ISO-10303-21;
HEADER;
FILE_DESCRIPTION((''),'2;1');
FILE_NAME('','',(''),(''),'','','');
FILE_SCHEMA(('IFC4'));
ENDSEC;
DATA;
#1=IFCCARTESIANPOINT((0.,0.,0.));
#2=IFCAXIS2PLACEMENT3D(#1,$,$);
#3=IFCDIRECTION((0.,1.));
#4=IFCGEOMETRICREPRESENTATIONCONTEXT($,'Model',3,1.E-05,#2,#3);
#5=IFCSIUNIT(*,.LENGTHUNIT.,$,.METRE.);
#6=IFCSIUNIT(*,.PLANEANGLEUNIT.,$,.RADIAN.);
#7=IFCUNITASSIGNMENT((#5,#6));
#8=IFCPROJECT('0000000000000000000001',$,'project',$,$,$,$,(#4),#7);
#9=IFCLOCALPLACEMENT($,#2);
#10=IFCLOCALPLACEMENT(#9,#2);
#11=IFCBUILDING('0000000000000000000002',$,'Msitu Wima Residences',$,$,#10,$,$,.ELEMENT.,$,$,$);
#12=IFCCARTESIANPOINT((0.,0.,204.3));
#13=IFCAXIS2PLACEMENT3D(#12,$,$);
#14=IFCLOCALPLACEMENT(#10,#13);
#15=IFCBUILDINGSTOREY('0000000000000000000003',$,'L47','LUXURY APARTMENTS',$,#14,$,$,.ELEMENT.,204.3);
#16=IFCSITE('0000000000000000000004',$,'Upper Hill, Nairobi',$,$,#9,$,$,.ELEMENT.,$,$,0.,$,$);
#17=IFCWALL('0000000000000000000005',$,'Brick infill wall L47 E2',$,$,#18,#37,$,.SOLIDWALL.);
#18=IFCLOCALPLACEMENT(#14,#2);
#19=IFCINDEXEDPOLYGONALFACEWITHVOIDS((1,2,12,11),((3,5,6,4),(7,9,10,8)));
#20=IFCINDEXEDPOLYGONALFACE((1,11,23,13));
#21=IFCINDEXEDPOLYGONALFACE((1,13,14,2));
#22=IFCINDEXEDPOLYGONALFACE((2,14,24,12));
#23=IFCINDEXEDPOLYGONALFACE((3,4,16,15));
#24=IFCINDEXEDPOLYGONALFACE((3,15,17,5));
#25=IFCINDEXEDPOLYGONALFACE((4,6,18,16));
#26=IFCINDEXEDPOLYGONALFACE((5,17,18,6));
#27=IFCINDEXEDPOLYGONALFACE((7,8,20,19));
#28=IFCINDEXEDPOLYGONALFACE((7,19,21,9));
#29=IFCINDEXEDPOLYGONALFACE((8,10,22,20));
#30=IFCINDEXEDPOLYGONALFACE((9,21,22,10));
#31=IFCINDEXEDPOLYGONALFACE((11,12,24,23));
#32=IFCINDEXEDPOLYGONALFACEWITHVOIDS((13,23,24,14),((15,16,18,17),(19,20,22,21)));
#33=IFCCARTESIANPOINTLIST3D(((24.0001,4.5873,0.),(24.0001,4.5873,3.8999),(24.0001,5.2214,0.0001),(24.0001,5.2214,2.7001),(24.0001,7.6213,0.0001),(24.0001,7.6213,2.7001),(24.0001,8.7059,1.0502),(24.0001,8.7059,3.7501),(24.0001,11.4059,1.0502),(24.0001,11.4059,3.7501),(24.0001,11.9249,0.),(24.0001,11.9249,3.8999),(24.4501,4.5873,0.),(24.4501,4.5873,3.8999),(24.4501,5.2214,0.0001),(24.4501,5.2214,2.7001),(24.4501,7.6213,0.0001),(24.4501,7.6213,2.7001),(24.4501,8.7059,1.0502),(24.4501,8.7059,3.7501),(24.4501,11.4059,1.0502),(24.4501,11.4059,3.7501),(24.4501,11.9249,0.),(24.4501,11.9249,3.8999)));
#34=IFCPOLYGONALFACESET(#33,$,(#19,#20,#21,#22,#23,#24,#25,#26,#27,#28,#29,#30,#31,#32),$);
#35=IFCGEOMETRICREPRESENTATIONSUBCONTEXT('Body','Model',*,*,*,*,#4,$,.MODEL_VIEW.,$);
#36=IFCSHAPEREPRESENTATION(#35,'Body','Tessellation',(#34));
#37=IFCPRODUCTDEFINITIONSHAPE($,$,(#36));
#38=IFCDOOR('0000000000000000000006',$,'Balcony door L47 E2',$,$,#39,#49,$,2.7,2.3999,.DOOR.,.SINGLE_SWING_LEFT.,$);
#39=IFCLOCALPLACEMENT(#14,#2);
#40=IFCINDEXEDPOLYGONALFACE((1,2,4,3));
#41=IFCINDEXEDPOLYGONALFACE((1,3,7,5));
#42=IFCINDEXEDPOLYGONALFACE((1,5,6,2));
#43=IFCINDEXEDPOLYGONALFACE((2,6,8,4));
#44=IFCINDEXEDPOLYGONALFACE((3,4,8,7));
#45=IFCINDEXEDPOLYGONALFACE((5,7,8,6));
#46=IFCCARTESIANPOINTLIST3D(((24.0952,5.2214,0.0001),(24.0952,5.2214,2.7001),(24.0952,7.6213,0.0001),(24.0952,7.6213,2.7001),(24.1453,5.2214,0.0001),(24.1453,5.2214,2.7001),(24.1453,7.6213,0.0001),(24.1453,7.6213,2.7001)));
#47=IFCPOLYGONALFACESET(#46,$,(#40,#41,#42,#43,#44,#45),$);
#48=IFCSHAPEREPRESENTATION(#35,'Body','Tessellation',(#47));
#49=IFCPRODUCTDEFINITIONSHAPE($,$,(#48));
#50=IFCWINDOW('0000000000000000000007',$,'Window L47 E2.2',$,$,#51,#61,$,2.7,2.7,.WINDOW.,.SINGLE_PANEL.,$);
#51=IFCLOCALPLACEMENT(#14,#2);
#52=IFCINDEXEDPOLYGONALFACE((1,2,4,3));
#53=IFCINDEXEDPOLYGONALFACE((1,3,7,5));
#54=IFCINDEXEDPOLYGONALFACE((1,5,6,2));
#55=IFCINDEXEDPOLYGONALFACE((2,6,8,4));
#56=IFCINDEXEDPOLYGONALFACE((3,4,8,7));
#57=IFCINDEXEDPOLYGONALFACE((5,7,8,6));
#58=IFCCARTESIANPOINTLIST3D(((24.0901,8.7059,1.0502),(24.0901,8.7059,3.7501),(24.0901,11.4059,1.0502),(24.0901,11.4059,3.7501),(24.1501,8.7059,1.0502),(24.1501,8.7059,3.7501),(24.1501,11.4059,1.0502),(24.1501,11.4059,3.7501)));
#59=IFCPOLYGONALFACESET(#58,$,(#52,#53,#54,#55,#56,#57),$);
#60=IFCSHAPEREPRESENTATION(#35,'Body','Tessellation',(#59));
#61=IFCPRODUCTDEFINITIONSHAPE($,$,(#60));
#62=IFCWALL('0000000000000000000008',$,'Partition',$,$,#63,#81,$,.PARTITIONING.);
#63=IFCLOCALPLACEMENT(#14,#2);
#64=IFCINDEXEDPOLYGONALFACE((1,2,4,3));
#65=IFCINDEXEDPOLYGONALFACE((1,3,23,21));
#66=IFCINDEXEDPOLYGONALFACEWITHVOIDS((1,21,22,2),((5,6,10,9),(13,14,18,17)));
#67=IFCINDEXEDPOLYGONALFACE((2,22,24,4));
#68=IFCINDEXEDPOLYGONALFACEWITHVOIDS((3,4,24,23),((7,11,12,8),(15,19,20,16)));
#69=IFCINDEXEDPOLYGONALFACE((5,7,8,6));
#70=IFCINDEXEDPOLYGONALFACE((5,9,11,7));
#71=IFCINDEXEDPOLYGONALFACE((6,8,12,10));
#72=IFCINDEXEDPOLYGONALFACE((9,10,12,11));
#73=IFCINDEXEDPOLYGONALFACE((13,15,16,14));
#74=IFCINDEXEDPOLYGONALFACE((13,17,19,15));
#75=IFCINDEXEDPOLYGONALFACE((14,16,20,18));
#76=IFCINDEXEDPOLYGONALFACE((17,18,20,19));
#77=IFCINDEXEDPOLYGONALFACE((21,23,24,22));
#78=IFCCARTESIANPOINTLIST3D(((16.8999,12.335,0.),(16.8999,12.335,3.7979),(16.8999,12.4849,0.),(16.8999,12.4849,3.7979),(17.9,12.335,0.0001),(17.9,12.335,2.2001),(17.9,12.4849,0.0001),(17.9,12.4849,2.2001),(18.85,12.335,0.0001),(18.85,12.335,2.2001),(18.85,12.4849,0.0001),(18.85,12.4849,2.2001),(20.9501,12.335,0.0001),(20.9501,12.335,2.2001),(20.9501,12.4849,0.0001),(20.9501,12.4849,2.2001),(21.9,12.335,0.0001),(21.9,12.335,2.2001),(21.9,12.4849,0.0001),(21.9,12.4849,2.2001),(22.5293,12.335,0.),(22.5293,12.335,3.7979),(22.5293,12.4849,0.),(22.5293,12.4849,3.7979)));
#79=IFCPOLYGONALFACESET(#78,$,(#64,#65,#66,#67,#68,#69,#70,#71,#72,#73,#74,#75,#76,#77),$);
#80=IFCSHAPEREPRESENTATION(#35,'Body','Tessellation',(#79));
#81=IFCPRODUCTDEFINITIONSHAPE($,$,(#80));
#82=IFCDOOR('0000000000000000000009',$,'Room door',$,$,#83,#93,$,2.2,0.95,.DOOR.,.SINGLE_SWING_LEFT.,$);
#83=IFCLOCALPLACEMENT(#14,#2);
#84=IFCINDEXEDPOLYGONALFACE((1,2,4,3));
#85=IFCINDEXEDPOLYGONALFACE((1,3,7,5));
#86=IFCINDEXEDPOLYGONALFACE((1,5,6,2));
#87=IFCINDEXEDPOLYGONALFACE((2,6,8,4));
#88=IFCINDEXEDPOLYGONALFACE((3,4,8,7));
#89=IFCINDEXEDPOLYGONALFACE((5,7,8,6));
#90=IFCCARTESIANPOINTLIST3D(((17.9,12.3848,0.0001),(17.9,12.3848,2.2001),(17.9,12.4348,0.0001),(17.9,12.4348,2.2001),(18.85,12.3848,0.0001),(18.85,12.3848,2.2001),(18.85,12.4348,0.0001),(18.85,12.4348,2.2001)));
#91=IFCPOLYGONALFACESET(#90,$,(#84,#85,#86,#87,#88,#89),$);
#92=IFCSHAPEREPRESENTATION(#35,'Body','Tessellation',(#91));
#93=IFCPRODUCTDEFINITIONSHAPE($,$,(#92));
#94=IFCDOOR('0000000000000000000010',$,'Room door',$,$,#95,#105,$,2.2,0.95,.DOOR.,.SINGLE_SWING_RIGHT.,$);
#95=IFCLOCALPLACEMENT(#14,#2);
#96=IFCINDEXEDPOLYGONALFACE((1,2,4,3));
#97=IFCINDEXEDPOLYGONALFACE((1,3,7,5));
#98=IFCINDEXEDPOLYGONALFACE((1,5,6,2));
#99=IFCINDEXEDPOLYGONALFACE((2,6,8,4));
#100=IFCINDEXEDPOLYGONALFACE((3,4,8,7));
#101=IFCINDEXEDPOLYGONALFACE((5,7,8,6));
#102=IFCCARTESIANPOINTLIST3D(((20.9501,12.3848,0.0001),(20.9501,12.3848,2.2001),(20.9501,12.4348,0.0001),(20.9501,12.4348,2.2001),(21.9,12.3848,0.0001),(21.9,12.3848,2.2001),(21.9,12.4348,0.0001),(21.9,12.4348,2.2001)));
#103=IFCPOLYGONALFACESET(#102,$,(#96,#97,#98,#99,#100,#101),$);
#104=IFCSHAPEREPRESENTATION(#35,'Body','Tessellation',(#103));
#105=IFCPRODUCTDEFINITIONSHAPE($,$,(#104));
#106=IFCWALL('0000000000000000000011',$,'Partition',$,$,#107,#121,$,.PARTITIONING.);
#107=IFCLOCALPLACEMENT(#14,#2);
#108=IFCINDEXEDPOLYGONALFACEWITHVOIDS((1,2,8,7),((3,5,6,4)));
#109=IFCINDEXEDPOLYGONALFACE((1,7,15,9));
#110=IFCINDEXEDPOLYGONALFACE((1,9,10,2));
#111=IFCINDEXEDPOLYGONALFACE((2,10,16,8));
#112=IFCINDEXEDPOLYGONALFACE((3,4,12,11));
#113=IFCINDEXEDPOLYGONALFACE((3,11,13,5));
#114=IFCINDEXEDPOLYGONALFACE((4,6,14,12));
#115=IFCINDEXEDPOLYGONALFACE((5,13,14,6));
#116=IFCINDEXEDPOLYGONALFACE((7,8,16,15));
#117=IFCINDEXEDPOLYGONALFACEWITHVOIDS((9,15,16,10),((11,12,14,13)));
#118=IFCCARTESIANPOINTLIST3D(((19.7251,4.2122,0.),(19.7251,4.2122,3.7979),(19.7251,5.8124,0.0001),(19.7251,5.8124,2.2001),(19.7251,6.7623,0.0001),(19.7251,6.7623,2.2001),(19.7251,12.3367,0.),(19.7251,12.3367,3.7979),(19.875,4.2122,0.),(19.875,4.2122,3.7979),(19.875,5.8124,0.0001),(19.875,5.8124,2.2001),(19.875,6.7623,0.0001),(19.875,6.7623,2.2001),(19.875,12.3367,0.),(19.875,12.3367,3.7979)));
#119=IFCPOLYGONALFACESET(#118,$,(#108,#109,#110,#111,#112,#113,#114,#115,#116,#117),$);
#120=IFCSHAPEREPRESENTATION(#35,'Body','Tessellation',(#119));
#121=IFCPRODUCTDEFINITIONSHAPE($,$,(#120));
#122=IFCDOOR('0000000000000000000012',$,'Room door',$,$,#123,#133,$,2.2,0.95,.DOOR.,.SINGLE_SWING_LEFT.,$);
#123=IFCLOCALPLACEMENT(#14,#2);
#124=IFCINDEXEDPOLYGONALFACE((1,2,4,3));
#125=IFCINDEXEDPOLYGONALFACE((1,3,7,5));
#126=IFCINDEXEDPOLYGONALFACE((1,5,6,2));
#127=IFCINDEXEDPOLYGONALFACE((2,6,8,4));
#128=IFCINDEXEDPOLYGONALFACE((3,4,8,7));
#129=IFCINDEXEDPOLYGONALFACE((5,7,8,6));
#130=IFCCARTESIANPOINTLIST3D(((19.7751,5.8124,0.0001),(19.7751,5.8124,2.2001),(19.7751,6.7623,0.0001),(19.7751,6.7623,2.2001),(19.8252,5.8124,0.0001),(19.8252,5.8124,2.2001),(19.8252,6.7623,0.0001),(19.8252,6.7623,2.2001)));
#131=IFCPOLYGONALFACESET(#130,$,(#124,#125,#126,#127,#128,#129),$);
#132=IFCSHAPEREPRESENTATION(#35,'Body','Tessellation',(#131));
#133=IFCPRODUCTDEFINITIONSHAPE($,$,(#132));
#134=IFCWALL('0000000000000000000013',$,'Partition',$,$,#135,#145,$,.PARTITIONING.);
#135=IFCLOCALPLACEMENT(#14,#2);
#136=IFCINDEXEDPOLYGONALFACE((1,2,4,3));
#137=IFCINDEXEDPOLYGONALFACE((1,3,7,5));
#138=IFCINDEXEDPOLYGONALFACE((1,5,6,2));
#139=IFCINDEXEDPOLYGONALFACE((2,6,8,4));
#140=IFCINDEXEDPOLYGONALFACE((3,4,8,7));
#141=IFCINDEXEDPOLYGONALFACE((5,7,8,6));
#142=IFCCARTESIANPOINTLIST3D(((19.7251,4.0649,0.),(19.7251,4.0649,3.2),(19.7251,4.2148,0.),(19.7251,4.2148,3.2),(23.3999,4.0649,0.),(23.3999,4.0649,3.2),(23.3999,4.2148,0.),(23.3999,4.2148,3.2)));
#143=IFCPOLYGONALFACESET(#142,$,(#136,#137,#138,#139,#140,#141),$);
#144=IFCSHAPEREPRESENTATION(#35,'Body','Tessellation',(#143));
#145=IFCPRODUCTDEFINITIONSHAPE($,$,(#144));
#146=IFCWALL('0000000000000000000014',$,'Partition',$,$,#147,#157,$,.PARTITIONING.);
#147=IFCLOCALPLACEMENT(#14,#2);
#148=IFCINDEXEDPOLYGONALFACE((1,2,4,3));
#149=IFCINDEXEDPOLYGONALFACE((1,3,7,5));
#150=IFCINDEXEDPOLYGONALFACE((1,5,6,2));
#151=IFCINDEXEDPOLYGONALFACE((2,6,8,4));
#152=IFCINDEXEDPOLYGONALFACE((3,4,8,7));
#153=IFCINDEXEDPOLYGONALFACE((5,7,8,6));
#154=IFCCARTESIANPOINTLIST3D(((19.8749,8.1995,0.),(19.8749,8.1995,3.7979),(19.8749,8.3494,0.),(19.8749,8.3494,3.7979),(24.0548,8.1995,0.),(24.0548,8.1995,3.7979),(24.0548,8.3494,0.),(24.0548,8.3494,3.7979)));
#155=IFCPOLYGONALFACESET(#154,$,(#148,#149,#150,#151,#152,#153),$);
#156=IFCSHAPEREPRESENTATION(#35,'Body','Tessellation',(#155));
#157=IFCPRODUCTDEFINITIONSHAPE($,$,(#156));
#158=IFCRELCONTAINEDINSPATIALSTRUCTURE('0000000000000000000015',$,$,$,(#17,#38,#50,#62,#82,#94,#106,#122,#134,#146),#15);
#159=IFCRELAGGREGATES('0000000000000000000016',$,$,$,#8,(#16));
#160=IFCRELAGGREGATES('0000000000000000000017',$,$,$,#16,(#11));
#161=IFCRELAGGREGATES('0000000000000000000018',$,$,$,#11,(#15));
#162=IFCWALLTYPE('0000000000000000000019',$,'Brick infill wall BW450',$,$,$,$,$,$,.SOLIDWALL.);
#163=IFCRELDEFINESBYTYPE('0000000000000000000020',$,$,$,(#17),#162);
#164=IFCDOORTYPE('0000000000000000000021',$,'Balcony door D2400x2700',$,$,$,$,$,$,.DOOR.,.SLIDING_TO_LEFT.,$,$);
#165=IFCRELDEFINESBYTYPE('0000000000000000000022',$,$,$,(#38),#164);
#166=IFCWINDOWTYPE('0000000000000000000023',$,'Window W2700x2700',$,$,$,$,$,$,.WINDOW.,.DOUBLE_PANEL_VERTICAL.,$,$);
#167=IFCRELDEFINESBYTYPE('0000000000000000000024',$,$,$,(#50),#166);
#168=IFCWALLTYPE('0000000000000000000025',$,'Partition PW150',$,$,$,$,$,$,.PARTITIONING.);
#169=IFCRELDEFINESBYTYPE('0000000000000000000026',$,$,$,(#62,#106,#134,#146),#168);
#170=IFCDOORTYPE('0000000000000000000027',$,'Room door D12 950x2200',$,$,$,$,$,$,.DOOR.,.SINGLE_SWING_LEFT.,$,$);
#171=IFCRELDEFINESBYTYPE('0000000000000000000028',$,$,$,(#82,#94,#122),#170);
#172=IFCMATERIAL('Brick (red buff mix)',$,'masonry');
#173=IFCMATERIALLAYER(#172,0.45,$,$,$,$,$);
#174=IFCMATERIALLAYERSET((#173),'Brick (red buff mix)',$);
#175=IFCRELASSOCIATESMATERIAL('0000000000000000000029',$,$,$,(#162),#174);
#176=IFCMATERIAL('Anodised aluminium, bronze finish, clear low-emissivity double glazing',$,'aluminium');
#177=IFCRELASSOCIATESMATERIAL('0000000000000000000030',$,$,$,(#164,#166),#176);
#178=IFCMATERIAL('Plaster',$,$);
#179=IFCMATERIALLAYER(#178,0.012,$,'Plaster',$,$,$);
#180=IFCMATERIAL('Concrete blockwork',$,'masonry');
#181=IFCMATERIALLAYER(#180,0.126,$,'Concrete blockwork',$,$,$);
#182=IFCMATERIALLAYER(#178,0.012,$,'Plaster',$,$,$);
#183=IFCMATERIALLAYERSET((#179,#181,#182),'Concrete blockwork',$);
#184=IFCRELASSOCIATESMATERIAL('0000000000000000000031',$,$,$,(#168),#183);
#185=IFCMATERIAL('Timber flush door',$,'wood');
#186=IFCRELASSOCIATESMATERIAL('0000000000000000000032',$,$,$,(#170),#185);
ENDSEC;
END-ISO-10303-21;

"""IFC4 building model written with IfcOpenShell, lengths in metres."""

from ifc_helpers import new_model, si_unit, direction, frame, frame_2d, origin, place, context, subcontext, project, spatial, rectangle, extrude, material, layer, layer_set, type_object, element, fill, save


model = new_model("IFC4")

# Units and contexts
model_context = context("Model", 3, precision=1e-05, world=origin(), true_north=direction((0.0, 1.0)))
body_context = subcontext(model_context, "Body", "Model", "MODEL_VIEW")
ifc_project = project(units=[si_unit("LENGTHUNIT", "METRE"), si_unit("PLANEANGLEUNIT", "RADIAN")], contexts=[model_context])

# Site, building, storey
site_placement = place(None, origin())
site = spatial("IfcSite", under=ifc_project, at=site_placement, Name="Upper Hill, Nairobi", CompositionType="ELEMENT", RefElevation=0.0)
building_placement = place(site_placement, origin())
building = spatial("IfcBuilding", under=site, at=building_placement, Name="Msitu Wima Residences", CompositionType="ELEMENT")
storey_placement = place(building_placement, frame((0.0, 0.0, 204.3)))
storey = spatial("IfcBuildingStorey", under=building, at=storey_placement, Name="L47", Description="LUXURY APARTMENTS", CompositionType="ELEMENT", Elevation=204.3)

# Wall, openings, door, window
ifc_material_1 = material(Name="Brick (red buff mix)", Category="masonry")
ifc_layer_1 = layer(ifc_material_1, 0.45)
ifc_layer_set_1 = layer_set([ifc_layer_1], Name="Brick (red buff mix)")
wall_type_1 = type_object("IfcWallType", Name="Brick infill wall BW450", PredefinedType="SOLIDWALL", material=ifc_layer_set_1)
wall_1_placement = place(storey_placement, frame((24.2251, 4.5872, 0.0), z_axis=(0.0, 0.0, 1.0), x_axis=(0.0, 1.0, 0.0)))
wall_1 = element("IfcWall", 1, at=wall_1_placement, inside=storey, type_object=wall_type_1, Name="Brick infill wall L47 E2", PredefinedType="SOLIDWALL", context=body_context, shape_type="SweptSolid", body=[
    extrude(rectangle(XDim=7.3376, YDim=0.45, at=frame_2d((3.6689, 0.0))), origin(), (0.0, 0.0, 1.0), 3.8999),
])
opening_1_placement = place(wall_1_placement, frame((0.6343, 0.0, 0.0)))
opening_1 = element("IfcOpeningElement", 2, at=opening_1_placement, cuts=wall_1, PredefinedType="OPENING", context=body_context, shape_type="SweptSolid", body=[
    extrude(rectangle(XDim=2.3999, YDim=2.7, at=frame_2d((1.2, 1.3501))), frame((0.0, 0.2349, 0.0), z_axis=(0.0, -1.0, 0.0), x_axis=(1.0, 0.0, 0.0)), (0.0, 0.0, 1.0), 0.47),
])
opening_2_placement = place(wall_1_placement, frame((4.1187, 0.0, 1.05)))
opening_2 = element("IfcOpeningElement", 3, at=opening_2_placement, cuts=wall_1, PredefinedType="OPENING", context=body_context, shape_type="SweptSolid", body=[
    extrude(rectangle(XDim=2.7, YDim=2.7, at=frame_2d((1.3501, 1.3501))), frame((0.0, 0.2349, 0.0), z_axis=(0.0, -1.0, 0.0), x_axis=(1.0, 0.0, 0.0)), (0.0, 0.0, 1.0), 0.47),
])
ifc_material_2 = material(Name="Anodised aluminium, bronze finish, clear low-emissivity double glazing", Category="aluminium")
door_type_1 = type_object("IfcDoorType", Name="Balcony door D2400x2700", OperationType="SLIDING_TO_LEFT", PredefinedType="DOOR", material=ifc_material_2)
door_1_placement = place(opening_1_placement, origin())
door_1 = element("IfcDoor", 4, at=door_1_placement, inside=storey, type_object=door_type_1, Name="Balcony door L47 E2", OperationType="SINGLE_SWING_LEFT", OverallHeight=2.7, OverallWidth=2.3999, PredefinedType="DOOR", context=body_context, shape_type="SweptSolid", body=[
    extrude(rectangle(XDim=2.3999, YDim=2.7, at=frame_2d((1.2, 1.3501))), frame((0.0, 0.1299, 0.0), z_axis=(0.0, -1.0, 0.0), x_axis=(1.0, 0.0, 0.0)), (0.0, 0.0, 1.0), 0.05),
])
fill(opening_1, door_1)
window_type = type_object("IfcWindowType", Name="Window W2700x2700", PartitioningType="DOUBLE_PANEL_VERTICAL", PredefinedType="WINDOW", material=ifc_material_2)
window_placement = place(opening_2_placement, origin())
window = element("IfcWindow", 5, at=window_placement, inside=storey, type_object=window_type, Name="Window L47 E2.2", OverallHeight=2.7, OverallWidth=2.7, PartitioningType="SINGLE_PANEL", PredefinedType="WINDOW", context=body_context, shape_type="SweptSolid", body=[
    extrude(rectangle(XDim=2.7, YDim=2.7, at=frame_2d((1.3501, 1.3501))), frame((0.0, 0.135, 0.0), z_axis=(0.0, -1.0, 0.0), x_axis=(1.0, 0.0, 0.0)), (0.0, 0.0, 1.0), 0.0601),
])
fill(opening_2, window)

# Shared definitions
ifc_material_3 = material(Name="Plaster")
ifc_material_4 = material(Name="Concrete blockwork", Category="masonry")

# Wall, openings, doors
ifc_layer_2 = layer(ifc_material_3, 0.012, Name="Plaster")
ifc_layer_3 = layer(ifc_material_4, 0.126, Name="Concrete blockwork")
ifc_layer_4 = layer(ifc_material_3, 0.012, Name="Plaster")
ifc_layer_set_2 = layer_set([ifc_layer_2, ifc_layer_3, ifc_layer_4], Name="Concrete blockwork")
wall_type_2 = type_object("IfcWallType", Name="Partition PW150", PredefinedType="PARTITIONING", material=ifc_layer_set_2)
wall_2_placement = place(storey_placement, frame((16.8999, 12.4099, 0.0), z_axis=(0.0, 0.0, 1.0), x_axis=(1.0, 0.0, 0.0)))
wall_2 = element("IfcWall", 6, at=wall_2_placement, inside=storey, type_object=wall_type_2, Name="Partition", PredefinedType="PARTITIONING", context=body_context, shape_type="SweptSolid", body=[
    extrude(rectangle(XDim=5.6294, YDim=0.1499, at=frame_2d((2.8147, 0.0))), origin(), (0.0, 0.0, 1.0), 3.7979),
])
opening_3_placement = place(wall_2_placement, frame((1.0, 0.0, 0.0)))
opening_3 = element("IfcOpeningElement", 7, at=opening_3_placement, cuts=wall_2, PredefinedType="OPENING", context=body_context, shape_type="SweptSolid", body=[
    extrude(rectangle(XDim=0.95, YDim=2.2, at=frame_2d((0.4751, 1.1001))), frame((0.0, 0.085, 0.0), z_axis=(0.0, -1.0, 0.0), x_axis=(1.0, 0.0, 0.0)), (0.0, 0.0, 1.0), 0.1699),
])
opening_4_placement = place(wall_2_placement, frame((4.05, 0.0, 0.0)))
opening_4 = element("IfcOpeningElement", 8, at=opening_4_placement, cuts=wall_2, PredefinedType="OPENING", context=body_context, shape_type="SweptSolid", body=[
    extrude(rectangle(XDim=0.95, YDim=2.2, at=frame_2d((0.4751, 1.1001))), frame((0.0, 0.085, 0.0), z_axis=(0.0, -1.0, 0.0), x_axis=(1.0, 0.0, 0.0)), (0.0, 0.0, 1.0), 0.1699),
])
ifc_material_5 = material(Name="Timber flush door", Category="wood")
door_type_2 = type_object("IfcDoorType", Name="Room door D12 950x2200", OperationType="SINGLE_SWING_LEFT", PredefinedType="DOOR", material=ifc_material_5)
door_2_placement = place(opening_3_placement, origin())
door_2 = element("IfcDoor", 9, at=door_2_placement, inside=storey, type_object=door_type_2, Name="Room door", OperationType="SINGLE_SWING_LEFT", OverallHeight=2.2, OverallWidth=0.95, PredefinedType="DOOR", context=body_context, shape_type="SweptSolid", body=[
    extrude(rectangle(XDim=0.95, YDim=2.2, at=frame_2d((0.4751, 1.1001))), frame((0.0, 0.0249, 0.0), z_axis=(0.0, -1.0, 0.0), x_axis=(1.0, 0.0, 0.0)), (0.0, 0.0, 1.0), 0.05),
])
fill(opening_3, door_2)
door_3_placement = place(opening_4_placement, origin())
door_3 = element("IfcDoor", 10, at=door_3_placement, inside=storey, type_object=door_type_2, Name="Room door", OperationType="SINGLE_SWING_RIGHT", OverallHeight=2.2, OverallWidth=0.95, PredefinedType="DOOR", context=body_context, shape_type="SweptSolid", body=[
    extrude(rectangle(XDim=0.95, YDim=2.2, at=frame_2d((0.4751, 1.1001))), frame((0.0, 0.0249, 0.0), z_axis=(0.0, -1.0, 0.0), x_axis=(1.0, 0.0, 0.0)), (0.0, 0.0, 1.0), 0.05),
])
fill(opening_4, door_3)

# Wall, opening, door
wall_3_placement = place(storey_placement, frame((19.8, 4.2122, 0.0), z_axis=(0.0, 0.0, 1.0), x_axis=(0.0, 1.0, 0.0)))
wall_3 = element("IfcWall", 11, at=wall_3_placement, inside=storey, type_object=wall_type_2, Name="Partition", PredefinedType="PARTITIONING", context=body_context, shape_type="SweptSolid", body=[
    extrude(rectangle(XDim=8.1245, YDim=0.1499, at=frame_2d((4.0623, 0.0))), origin(), (0.0, 0.0, 1.0), 3.7979),
])
opening_5_placement = place(wall_3_placement, frame((1.6001, 0.0, 0.0)))
opening_5 = element("IfcOpeningElement", 12, at=opening_5_placement, cuts=wall_3, PredefinedType="OPENING", context=body_context, shape_type="SweptSolid", body=[
    extrude(rectangle(XDim=0.95, YDim=2.2, at=frame_2d((0.4751, 1.1001))), frame((0.0, 0.085, 0.0), z_axis=(0.0, -1.0, 0.0), x_axis=(1.0, 0.0, 0.0)), (0.0, 0.0, 1.0), 0.1699),
])
door_4_placement = place(opening_5_placement, origin())
door_4 = element("IfcDoor", 13, at=door_4_placement, inside=storey, type_object=door_type_2, Name="Room door", OperationType="SINGLE_SWING_LEFT", OverallHeight=2.2, OverallWidth=0.95, PredefinedType="DOOR", context=body_context, shape_type="SweptSolid", body=[
    extrude(rectangle(XDim=0.95, YDim=2.2, at=frame_2d((0.4751, 1.1001))), frame((0.0, 0.0249, 0.0), z_axis=(0.0, -1.0, 0.0), x_axis=(1.0, 0.0, 0.0)), (0.0, 0.0, 1.0), 0.05),
])
fill(opening_5, door_4)

# Walls
wall_4_placement = place(storey_placement, frame((19.7251, 4.1399, 0.0), z_axis=(0.0, 0.0, 1.0), x_axis=(1.0, 0.0, 0.0)))
element("IfcWall", 14, at=wall_4_placement, inside=storey, type_object=wall_type_2, Name="Partition", PredefinedType="PARTITIONING", context=body_context, shape_type="SweptSolid", body=[
    extrude(rectangle(XDim=3.6748, YDim=0.1499, at=frame_2d((1.8374, 0.0))), origin(), (0.0, 0.0, 1.0), 3.2),
])
wall_5_placement = place(storey_placement, frame((19.875, 8.2744, 0.0), z_axis=(0.0, 0.0, 1.0), x_axis=(1.0, 0.0, 0.0)))
element("IfcWall", 15, at=wall_5_placement, inside=storey, type_object=wall_type_2, Name="Partition", PredefinedType="PARTITIONING", context=body_context, shape_type="SweptSolid", body=[
    extrude(rectangle(XDim=4.1799, YDim=0.1499, at=frame_2d((2.0898, 0.0))), origin(), (0.0, 0.0, 1.0), 3.7979),
])

save(model, "model.ifc")
